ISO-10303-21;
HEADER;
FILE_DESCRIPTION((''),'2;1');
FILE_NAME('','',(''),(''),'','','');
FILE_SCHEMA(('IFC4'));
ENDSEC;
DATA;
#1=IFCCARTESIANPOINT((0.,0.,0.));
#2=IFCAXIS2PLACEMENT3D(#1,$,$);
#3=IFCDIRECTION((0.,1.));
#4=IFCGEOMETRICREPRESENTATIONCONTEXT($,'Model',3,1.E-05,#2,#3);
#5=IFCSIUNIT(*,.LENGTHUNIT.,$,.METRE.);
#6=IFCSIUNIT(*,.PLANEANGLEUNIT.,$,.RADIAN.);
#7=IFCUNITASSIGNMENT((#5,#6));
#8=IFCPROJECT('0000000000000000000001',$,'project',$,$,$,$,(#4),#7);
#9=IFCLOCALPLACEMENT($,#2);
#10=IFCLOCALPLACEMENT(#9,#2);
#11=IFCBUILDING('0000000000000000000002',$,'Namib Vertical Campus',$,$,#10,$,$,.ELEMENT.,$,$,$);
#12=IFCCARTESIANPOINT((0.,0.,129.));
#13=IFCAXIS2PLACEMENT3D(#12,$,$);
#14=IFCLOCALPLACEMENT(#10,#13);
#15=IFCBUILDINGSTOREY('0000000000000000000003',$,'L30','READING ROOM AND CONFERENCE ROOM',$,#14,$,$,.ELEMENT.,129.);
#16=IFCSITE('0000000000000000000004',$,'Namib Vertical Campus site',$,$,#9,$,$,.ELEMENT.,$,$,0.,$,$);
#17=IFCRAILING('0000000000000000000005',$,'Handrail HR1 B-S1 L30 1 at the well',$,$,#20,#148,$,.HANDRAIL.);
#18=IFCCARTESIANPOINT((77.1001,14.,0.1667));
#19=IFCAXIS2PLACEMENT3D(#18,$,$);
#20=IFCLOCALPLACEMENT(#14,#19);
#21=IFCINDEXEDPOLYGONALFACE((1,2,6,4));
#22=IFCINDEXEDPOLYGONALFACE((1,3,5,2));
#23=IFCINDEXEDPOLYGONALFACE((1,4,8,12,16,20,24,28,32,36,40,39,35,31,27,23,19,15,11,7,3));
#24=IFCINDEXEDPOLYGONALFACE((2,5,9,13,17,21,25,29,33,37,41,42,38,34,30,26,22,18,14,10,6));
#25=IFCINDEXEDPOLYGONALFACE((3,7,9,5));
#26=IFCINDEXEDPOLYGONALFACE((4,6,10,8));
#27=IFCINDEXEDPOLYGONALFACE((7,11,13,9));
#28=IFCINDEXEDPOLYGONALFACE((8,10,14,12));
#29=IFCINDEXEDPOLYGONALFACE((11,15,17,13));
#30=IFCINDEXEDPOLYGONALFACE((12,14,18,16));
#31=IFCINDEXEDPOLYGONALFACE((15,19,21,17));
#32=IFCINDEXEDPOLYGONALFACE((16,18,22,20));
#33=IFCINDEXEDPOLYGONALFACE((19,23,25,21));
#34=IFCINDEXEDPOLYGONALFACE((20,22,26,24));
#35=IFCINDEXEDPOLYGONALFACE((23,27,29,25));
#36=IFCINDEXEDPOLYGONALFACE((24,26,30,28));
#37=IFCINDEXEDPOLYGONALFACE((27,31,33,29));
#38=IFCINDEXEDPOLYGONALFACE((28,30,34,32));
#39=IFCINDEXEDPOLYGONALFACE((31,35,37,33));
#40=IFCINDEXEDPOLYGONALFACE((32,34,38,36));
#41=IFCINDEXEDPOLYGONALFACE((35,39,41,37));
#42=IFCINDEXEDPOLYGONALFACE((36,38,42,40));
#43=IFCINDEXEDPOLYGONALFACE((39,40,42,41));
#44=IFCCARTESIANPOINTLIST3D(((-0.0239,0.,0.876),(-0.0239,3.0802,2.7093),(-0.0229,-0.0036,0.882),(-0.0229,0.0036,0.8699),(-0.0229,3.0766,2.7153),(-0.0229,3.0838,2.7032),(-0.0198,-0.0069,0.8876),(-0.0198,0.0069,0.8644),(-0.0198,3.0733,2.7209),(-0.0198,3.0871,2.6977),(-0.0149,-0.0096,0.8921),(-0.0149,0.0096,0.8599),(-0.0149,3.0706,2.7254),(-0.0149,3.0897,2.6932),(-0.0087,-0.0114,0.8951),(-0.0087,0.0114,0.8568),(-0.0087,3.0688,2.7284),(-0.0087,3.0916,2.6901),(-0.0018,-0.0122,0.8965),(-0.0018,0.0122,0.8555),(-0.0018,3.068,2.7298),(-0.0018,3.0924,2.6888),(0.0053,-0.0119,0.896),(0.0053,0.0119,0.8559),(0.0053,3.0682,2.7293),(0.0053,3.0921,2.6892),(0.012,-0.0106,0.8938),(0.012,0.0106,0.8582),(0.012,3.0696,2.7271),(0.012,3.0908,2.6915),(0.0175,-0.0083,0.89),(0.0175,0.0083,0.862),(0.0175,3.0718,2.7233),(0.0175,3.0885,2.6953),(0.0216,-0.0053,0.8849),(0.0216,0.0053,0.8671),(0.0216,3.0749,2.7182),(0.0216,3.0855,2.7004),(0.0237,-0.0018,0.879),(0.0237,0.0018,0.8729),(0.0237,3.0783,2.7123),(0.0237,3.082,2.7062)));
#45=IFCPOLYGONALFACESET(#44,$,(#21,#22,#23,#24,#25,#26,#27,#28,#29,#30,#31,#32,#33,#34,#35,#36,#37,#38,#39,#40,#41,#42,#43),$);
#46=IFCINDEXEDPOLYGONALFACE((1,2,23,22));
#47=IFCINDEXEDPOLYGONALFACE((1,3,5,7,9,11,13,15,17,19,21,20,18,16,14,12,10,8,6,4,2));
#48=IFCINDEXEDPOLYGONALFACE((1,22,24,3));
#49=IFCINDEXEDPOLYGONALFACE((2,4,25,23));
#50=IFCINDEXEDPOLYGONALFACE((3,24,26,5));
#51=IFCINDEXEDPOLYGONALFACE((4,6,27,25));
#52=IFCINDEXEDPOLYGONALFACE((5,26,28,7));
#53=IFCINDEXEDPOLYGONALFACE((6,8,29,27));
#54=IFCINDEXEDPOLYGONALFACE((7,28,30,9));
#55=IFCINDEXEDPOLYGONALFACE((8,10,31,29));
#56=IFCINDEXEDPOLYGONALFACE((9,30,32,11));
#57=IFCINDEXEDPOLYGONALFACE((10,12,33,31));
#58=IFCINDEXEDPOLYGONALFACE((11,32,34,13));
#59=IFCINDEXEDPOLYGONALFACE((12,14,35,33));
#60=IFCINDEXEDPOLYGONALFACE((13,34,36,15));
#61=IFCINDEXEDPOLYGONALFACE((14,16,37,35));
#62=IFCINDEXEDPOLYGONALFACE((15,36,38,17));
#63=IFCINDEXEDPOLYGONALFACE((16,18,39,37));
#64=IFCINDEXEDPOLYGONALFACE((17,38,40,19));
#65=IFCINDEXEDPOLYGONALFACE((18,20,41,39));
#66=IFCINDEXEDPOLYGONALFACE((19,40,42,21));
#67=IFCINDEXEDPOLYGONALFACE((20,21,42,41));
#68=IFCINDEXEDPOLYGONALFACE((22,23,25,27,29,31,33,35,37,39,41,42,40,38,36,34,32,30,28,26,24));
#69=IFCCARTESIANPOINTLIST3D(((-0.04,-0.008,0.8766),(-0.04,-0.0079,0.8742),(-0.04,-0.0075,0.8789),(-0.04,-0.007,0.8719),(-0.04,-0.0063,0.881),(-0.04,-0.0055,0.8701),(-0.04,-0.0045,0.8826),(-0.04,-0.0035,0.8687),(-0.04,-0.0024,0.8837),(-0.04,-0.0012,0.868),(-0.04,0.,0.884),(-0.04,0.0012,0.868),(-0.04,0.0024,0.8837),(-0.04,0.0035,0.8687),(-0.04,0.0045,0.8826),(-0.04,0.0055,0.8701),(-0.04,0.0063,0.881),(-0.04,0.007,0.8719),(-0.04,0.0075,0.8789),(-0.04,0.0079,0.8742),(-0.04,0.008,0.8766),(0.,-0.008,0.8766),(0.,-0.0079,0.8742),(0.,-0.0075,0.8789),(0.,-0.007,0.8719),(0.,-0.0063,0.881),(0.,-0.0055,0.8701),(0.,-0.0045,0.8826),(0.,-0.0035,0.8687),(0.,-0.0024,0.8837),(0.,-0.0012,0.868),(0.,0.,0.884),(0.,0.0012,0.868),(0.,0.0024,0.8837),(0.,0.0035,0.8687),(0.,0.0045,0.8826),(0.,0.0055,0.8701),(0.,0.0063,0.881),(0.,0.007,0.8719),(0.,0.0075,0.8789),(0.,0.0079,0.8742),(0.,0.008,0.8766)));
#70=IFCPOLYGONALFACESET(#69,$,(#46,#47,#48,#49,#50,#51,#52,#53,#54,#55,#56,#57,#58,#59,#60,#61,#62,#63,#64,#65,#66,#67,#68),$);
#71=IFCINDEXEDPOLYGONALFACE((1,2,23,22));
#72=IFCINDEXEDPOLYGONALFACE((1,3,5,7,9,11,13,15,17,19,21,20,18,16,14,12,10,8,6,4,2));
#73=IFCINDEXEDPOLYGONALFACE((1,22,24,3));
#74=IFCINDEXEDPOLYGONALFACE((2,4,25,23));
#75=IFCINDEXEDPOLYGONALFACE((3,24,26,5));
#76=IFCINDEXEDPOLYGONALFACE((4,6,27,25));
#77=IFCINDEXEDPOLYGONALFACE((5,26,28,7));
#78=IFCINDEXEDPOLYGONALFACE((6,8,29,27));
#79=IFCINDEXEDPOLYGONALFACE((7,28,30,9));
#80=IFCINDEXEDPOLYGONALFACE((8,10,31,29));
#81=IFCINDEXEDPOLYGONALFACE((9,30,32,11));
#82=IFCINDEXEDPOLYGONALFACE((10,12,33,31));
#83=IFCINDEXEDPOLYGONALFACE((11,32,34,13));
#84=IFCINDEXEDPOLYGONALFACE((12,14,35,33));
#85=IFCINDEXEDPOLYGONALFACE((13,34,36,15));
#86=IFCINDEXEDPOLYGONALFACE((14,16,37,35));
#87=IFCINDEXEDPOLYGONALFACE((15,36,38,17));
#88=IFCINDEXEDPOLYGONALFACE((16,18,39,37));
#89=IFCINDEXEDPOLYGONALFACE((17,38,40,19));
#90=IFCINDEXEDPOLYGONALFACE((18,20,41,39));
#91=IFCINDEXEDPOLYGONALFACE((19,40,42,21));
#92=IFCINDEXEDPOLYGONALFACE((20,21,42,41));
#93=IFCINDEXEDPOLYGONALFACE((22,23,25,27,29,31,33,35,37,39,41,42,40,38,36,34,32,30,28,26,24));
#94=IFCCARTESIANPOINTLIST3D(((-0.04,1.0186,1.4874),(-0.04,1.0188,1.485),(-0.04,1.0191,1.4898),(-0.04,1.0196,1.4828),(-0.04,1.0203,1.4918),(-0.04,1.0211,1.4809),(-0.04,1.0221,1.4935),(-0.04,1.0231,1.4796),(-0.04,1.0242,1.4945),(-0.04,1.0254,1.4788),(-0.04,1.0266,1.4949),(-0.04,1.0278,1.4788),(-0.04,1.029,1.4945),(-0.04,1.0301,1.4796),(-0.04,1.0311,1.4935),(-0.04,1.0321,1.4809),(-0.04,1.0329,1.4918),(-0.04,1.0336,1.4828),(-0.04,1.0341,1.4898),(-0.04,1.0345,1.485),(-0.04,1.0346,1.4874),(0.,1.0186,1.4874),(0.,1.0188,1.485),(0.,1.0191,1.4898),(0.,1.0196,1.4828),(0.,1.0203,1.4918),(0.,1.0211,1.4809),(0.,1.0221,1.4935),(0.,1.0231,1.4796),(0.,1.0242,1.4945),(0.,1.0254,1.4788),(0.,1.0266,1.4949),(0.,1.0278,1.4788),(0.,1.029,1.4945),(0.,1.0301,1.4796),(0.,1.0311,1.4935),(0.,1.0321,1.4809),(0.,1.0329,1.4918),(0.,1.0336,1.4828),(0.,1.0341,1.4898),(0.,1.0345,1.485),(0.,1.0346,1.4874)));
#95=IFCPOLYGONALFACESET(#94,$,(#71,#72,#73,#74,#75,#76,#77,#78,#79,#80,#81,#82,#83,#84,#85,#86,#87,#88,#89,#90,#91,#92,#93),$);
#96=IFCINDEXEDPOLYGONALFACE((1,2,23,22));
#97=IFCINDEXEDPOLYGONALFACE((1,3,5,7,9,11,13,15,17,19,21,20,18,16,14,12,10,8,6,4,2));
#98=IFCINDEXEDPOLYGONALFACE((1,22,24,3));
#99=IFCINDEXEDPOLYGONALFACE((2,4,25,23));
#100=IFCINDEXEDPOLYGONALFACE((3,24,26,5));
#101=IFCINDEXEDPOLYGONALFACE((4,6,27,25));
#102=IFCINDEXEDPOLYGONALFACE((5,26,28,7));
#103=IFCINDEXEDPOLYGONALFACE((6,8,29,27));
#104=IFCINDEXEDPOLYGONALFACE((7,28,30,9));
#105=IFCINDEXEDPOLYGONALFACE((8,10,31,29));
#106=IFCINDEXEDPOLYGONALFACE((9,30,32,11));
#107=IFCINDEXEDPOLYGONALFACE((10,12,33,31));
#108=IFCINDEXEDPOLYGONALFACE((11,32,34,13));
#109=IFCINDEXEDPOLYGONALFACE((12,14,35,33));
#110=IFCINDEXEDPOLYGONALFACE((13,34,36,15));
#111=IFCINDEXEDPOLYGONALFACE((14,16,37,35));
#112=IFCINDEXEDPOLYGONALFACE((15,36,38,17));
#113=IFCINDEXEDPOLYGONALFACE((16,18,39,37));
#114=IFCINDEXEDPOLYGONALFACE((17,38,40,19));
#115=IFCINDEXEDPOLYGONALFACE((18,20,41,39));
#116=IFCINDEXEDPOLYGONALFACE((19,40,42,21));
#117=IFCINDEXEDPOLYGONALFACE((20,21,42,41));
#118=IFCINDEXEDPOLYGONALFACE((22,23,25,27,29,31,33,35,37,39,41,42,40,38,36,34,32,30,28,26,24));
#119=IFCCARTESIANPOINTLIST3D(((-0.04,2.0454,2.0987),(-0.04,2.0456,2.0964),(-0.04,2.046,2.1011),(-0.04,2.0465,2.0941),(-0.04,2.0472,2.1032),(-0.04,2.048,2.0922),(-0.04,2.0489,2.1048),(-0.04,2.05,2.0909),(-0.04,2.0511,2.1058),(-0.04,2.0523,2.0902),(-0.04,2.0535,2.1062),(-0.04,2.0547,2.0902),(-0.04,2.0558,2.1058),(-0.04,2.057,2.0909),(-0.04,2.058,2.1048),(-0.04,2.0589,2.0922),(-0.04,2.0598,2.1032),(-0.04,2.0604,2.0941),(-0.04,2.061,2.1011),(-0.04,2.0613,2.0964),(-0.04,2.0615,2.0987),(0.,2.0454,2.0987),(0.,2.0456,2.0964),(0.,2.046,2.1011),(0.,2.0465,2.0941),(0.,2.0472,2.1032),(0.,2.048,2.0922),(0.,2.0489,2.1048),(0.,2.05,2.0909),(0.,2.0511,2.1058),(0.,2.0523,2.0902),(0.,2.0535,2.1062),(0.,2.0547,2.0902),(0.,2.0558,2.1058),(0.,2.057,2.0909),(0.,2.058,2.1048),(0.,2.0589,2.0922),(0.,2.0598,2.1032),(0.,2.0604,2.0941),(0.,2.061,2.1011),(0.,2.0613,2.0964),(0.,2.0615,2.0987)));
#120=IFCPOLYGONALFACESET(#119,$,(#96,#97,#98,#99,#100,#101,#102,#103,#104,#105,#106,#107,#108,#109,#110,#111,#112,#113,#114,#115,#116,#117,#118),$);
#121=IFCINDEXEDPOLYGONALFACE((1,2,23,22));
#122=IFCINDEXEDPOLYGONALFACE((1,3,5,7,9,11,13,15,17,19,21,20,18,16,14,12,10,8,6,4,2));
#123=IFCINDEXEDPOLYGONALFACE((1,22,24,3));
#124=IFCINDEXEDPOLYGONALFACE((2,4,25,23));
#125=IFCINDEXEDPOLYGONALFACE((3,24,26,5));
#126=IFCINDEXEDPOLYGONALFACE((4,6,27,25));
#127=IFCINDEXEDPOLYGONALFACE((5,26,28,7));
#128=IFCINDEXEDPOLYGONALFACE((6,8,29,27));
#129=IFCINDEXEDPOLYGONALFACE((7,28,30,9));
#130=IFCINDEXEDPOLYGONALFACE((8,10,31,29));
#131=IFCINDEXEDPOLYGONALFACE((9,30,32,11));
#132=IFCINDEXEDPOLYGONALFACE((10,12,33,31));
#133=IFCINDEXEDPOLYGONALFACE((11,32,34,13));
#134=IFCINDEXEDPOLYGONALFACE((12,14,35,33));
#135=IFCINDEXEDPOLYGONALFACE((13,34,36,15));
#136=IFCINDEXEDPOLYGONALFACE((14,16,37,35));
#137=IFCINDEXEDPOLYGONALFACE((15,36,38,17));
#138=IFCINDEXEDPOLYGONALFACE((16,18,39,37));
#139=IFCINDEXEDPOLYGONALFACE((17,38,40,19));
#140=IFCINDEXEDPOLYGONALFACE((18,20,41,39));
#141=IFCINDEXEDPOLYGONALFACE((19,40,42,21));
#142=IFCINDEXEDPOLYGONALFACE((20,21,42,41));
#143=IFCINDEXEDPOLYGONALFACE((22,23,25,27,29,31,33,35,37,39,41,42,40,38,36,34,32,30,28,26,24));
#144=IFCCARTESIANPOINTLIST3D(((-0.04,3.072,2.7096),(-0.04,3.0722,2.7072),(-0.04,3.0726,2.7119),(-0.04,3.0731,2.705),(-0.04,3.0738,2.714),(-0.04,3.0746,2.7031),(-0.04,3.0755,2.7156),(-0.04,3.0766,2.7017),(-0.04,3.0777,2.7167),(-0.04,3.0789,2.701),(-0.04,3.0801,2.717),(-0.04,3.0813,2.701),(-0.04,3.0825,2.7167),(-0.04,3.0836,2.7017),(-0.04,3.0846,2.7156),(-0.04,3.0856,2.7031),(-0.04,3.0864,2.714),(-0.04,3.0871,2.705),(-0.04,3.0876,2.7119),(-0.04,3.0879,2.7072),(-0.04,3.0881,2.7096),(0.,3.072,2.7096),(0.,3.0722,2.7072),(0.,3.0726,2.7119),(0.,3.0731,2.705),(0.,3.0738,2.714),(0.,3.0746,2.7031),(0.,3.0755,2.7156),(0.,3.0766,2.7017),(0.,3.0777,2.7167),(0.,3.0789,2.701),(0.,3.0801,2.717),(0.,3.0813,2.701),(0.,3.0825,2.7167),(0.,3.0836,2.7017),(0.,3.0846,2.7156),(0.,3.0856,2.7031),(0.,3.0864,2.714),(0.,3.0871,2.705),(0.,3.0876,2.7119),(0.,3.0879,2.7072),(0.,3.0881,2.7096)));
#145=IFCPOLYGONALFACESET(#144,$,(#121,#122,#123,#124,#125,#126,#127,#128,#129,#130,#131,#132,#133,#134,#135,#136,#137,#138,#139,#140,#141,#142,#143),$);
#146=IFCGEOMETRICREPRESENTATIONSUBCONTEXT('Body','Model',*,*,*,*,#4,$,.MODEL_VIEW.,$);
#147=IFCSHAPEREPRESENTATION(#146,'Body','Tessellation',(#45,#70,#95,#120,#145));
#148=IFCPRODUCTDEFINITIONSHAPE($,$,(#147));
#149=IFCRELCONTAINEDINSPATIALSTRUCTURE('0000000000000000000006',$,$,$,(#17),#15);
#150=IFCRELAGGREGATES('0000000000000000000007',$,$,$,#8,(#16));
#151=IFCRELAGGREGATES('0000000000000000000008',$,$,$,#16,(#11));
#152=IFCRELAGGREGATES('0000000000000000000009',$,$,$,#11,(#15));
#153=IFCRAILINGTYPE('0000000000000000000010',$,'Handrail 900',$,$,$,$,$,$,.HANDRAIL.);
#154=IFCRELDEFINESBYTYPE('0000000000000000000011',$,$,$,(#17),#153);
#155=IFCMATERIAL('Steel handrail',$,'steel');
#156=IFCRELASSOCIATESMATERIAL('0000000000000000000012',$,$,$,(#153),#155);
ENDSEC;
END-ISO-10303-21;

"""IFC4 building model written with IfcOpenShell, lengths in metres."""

from ifc_helpers import new_model, si_unit, direction, frame, origin, origin_2d, place, context, subcontext, project, spatial, circle, extrude, material, type_object, element, save


model = new_model("IFC4")

# Units and contexts
model_context = context("Model", 3, precision=1e-05, world=origin(), true_north=direction((0.0, 1.0)))
body_context = subcontext(model_context, "Body", "Model", "MODEL_VIEW")
ifc_project = project(units=[si_unit("LENGTHUNIT", "METRE"), si_unit("PLANEANGLEUNIT", "RADIAN")], contexts=[model_context])

# Site, building, storey
site_placement = place(None, origin())
site = spatial("IfcSite", under=ifc_project, at=site_placement, Name="Namib Vertical Campus site", CompositionType="ELEMENT", RefElevation=0.0)
building_placement = place(site_placement, origin())
building = spatial("IfcBuilding", under=site, at=building_placement, Name="Namib Vertical Campus", CompositionType="ELEMENT")
storey_placement = place(building_placement, frame((0.0, 0.0, 129.0)))
storey = spatial("IfcBuildingStorey", under=building, at=storey_placement, Name="L30", Description="READING ROOM AND CONFERENCE ROOM", CompositionType="ELEMENT", Elevation=129.0)

# Railing
ifc_material_1 = material(Name="Steel handrail", Category="steel")
railing_type_1 = type_object("IfcRailingType", Name="Handrail 900", PredefinedType="HANDRAIL", material=ifc_material_1)
railing_1_placement = place(storey_placement, frame((77.1001, 14.0, 0.1667)))
element("IfcRailing", 1, at=railing_1_placement, inside=storey, type_object=railing_type_1, Name="Handrail HR1 B-S1 L30 1 at the well", PredefinedType="HANDRAIL", context=body_context, shape_type="SweptSolid", body=[
    extrude(circle(Radius=0.0239, at=origin_2d()), frame((0.0, 0.0, 0.876), z_axis=(0.0, 0.859309, 0.511458), x_axis=(-1.0, 0.0, 0.0)), (0.0, 0.0, 1.0), 3.5845),
    extrude(circle(Radius=0.0081, at=origin_2d()), frame((0.0, 0.0, 0.876), z_axis=(-1.0, 0.0, 0.0), x_axis=(0.0, 0.0, 1.0)), (0.0, 0.0, 1.0), 0.04),
    extrude(circle(Radius=0.0081, at=origin_2d()), frame((0.0, 1.0266, 1.4868), z_axis=(-1.0, 0.0, 0.0), x_axis=(0.0, 0.0, 1.0)), (0.0, 0.0, 1.0), 0.04),
    extrude(circle(Radius=0.0081, at=origin_2d()), frame((0.0, 2.0535, 2.0981), z_axis=(-1.0, 0.0, 0.0), x_axis=(0.0, 0.0, 1.0)), (0.0, 0.0, 1.0), 0.04),
    extrude(circle(Radius=0.0081, at=origin_2d()), frame((0.0, 3.0801, 2.709), z_axis=(-1.0, 0.0, 0.0), x_axis=(0.0, 0.0, 1.0)), (0.0, 0.0, 1.0), 0.04),
])

save(model, "model.ifc")
